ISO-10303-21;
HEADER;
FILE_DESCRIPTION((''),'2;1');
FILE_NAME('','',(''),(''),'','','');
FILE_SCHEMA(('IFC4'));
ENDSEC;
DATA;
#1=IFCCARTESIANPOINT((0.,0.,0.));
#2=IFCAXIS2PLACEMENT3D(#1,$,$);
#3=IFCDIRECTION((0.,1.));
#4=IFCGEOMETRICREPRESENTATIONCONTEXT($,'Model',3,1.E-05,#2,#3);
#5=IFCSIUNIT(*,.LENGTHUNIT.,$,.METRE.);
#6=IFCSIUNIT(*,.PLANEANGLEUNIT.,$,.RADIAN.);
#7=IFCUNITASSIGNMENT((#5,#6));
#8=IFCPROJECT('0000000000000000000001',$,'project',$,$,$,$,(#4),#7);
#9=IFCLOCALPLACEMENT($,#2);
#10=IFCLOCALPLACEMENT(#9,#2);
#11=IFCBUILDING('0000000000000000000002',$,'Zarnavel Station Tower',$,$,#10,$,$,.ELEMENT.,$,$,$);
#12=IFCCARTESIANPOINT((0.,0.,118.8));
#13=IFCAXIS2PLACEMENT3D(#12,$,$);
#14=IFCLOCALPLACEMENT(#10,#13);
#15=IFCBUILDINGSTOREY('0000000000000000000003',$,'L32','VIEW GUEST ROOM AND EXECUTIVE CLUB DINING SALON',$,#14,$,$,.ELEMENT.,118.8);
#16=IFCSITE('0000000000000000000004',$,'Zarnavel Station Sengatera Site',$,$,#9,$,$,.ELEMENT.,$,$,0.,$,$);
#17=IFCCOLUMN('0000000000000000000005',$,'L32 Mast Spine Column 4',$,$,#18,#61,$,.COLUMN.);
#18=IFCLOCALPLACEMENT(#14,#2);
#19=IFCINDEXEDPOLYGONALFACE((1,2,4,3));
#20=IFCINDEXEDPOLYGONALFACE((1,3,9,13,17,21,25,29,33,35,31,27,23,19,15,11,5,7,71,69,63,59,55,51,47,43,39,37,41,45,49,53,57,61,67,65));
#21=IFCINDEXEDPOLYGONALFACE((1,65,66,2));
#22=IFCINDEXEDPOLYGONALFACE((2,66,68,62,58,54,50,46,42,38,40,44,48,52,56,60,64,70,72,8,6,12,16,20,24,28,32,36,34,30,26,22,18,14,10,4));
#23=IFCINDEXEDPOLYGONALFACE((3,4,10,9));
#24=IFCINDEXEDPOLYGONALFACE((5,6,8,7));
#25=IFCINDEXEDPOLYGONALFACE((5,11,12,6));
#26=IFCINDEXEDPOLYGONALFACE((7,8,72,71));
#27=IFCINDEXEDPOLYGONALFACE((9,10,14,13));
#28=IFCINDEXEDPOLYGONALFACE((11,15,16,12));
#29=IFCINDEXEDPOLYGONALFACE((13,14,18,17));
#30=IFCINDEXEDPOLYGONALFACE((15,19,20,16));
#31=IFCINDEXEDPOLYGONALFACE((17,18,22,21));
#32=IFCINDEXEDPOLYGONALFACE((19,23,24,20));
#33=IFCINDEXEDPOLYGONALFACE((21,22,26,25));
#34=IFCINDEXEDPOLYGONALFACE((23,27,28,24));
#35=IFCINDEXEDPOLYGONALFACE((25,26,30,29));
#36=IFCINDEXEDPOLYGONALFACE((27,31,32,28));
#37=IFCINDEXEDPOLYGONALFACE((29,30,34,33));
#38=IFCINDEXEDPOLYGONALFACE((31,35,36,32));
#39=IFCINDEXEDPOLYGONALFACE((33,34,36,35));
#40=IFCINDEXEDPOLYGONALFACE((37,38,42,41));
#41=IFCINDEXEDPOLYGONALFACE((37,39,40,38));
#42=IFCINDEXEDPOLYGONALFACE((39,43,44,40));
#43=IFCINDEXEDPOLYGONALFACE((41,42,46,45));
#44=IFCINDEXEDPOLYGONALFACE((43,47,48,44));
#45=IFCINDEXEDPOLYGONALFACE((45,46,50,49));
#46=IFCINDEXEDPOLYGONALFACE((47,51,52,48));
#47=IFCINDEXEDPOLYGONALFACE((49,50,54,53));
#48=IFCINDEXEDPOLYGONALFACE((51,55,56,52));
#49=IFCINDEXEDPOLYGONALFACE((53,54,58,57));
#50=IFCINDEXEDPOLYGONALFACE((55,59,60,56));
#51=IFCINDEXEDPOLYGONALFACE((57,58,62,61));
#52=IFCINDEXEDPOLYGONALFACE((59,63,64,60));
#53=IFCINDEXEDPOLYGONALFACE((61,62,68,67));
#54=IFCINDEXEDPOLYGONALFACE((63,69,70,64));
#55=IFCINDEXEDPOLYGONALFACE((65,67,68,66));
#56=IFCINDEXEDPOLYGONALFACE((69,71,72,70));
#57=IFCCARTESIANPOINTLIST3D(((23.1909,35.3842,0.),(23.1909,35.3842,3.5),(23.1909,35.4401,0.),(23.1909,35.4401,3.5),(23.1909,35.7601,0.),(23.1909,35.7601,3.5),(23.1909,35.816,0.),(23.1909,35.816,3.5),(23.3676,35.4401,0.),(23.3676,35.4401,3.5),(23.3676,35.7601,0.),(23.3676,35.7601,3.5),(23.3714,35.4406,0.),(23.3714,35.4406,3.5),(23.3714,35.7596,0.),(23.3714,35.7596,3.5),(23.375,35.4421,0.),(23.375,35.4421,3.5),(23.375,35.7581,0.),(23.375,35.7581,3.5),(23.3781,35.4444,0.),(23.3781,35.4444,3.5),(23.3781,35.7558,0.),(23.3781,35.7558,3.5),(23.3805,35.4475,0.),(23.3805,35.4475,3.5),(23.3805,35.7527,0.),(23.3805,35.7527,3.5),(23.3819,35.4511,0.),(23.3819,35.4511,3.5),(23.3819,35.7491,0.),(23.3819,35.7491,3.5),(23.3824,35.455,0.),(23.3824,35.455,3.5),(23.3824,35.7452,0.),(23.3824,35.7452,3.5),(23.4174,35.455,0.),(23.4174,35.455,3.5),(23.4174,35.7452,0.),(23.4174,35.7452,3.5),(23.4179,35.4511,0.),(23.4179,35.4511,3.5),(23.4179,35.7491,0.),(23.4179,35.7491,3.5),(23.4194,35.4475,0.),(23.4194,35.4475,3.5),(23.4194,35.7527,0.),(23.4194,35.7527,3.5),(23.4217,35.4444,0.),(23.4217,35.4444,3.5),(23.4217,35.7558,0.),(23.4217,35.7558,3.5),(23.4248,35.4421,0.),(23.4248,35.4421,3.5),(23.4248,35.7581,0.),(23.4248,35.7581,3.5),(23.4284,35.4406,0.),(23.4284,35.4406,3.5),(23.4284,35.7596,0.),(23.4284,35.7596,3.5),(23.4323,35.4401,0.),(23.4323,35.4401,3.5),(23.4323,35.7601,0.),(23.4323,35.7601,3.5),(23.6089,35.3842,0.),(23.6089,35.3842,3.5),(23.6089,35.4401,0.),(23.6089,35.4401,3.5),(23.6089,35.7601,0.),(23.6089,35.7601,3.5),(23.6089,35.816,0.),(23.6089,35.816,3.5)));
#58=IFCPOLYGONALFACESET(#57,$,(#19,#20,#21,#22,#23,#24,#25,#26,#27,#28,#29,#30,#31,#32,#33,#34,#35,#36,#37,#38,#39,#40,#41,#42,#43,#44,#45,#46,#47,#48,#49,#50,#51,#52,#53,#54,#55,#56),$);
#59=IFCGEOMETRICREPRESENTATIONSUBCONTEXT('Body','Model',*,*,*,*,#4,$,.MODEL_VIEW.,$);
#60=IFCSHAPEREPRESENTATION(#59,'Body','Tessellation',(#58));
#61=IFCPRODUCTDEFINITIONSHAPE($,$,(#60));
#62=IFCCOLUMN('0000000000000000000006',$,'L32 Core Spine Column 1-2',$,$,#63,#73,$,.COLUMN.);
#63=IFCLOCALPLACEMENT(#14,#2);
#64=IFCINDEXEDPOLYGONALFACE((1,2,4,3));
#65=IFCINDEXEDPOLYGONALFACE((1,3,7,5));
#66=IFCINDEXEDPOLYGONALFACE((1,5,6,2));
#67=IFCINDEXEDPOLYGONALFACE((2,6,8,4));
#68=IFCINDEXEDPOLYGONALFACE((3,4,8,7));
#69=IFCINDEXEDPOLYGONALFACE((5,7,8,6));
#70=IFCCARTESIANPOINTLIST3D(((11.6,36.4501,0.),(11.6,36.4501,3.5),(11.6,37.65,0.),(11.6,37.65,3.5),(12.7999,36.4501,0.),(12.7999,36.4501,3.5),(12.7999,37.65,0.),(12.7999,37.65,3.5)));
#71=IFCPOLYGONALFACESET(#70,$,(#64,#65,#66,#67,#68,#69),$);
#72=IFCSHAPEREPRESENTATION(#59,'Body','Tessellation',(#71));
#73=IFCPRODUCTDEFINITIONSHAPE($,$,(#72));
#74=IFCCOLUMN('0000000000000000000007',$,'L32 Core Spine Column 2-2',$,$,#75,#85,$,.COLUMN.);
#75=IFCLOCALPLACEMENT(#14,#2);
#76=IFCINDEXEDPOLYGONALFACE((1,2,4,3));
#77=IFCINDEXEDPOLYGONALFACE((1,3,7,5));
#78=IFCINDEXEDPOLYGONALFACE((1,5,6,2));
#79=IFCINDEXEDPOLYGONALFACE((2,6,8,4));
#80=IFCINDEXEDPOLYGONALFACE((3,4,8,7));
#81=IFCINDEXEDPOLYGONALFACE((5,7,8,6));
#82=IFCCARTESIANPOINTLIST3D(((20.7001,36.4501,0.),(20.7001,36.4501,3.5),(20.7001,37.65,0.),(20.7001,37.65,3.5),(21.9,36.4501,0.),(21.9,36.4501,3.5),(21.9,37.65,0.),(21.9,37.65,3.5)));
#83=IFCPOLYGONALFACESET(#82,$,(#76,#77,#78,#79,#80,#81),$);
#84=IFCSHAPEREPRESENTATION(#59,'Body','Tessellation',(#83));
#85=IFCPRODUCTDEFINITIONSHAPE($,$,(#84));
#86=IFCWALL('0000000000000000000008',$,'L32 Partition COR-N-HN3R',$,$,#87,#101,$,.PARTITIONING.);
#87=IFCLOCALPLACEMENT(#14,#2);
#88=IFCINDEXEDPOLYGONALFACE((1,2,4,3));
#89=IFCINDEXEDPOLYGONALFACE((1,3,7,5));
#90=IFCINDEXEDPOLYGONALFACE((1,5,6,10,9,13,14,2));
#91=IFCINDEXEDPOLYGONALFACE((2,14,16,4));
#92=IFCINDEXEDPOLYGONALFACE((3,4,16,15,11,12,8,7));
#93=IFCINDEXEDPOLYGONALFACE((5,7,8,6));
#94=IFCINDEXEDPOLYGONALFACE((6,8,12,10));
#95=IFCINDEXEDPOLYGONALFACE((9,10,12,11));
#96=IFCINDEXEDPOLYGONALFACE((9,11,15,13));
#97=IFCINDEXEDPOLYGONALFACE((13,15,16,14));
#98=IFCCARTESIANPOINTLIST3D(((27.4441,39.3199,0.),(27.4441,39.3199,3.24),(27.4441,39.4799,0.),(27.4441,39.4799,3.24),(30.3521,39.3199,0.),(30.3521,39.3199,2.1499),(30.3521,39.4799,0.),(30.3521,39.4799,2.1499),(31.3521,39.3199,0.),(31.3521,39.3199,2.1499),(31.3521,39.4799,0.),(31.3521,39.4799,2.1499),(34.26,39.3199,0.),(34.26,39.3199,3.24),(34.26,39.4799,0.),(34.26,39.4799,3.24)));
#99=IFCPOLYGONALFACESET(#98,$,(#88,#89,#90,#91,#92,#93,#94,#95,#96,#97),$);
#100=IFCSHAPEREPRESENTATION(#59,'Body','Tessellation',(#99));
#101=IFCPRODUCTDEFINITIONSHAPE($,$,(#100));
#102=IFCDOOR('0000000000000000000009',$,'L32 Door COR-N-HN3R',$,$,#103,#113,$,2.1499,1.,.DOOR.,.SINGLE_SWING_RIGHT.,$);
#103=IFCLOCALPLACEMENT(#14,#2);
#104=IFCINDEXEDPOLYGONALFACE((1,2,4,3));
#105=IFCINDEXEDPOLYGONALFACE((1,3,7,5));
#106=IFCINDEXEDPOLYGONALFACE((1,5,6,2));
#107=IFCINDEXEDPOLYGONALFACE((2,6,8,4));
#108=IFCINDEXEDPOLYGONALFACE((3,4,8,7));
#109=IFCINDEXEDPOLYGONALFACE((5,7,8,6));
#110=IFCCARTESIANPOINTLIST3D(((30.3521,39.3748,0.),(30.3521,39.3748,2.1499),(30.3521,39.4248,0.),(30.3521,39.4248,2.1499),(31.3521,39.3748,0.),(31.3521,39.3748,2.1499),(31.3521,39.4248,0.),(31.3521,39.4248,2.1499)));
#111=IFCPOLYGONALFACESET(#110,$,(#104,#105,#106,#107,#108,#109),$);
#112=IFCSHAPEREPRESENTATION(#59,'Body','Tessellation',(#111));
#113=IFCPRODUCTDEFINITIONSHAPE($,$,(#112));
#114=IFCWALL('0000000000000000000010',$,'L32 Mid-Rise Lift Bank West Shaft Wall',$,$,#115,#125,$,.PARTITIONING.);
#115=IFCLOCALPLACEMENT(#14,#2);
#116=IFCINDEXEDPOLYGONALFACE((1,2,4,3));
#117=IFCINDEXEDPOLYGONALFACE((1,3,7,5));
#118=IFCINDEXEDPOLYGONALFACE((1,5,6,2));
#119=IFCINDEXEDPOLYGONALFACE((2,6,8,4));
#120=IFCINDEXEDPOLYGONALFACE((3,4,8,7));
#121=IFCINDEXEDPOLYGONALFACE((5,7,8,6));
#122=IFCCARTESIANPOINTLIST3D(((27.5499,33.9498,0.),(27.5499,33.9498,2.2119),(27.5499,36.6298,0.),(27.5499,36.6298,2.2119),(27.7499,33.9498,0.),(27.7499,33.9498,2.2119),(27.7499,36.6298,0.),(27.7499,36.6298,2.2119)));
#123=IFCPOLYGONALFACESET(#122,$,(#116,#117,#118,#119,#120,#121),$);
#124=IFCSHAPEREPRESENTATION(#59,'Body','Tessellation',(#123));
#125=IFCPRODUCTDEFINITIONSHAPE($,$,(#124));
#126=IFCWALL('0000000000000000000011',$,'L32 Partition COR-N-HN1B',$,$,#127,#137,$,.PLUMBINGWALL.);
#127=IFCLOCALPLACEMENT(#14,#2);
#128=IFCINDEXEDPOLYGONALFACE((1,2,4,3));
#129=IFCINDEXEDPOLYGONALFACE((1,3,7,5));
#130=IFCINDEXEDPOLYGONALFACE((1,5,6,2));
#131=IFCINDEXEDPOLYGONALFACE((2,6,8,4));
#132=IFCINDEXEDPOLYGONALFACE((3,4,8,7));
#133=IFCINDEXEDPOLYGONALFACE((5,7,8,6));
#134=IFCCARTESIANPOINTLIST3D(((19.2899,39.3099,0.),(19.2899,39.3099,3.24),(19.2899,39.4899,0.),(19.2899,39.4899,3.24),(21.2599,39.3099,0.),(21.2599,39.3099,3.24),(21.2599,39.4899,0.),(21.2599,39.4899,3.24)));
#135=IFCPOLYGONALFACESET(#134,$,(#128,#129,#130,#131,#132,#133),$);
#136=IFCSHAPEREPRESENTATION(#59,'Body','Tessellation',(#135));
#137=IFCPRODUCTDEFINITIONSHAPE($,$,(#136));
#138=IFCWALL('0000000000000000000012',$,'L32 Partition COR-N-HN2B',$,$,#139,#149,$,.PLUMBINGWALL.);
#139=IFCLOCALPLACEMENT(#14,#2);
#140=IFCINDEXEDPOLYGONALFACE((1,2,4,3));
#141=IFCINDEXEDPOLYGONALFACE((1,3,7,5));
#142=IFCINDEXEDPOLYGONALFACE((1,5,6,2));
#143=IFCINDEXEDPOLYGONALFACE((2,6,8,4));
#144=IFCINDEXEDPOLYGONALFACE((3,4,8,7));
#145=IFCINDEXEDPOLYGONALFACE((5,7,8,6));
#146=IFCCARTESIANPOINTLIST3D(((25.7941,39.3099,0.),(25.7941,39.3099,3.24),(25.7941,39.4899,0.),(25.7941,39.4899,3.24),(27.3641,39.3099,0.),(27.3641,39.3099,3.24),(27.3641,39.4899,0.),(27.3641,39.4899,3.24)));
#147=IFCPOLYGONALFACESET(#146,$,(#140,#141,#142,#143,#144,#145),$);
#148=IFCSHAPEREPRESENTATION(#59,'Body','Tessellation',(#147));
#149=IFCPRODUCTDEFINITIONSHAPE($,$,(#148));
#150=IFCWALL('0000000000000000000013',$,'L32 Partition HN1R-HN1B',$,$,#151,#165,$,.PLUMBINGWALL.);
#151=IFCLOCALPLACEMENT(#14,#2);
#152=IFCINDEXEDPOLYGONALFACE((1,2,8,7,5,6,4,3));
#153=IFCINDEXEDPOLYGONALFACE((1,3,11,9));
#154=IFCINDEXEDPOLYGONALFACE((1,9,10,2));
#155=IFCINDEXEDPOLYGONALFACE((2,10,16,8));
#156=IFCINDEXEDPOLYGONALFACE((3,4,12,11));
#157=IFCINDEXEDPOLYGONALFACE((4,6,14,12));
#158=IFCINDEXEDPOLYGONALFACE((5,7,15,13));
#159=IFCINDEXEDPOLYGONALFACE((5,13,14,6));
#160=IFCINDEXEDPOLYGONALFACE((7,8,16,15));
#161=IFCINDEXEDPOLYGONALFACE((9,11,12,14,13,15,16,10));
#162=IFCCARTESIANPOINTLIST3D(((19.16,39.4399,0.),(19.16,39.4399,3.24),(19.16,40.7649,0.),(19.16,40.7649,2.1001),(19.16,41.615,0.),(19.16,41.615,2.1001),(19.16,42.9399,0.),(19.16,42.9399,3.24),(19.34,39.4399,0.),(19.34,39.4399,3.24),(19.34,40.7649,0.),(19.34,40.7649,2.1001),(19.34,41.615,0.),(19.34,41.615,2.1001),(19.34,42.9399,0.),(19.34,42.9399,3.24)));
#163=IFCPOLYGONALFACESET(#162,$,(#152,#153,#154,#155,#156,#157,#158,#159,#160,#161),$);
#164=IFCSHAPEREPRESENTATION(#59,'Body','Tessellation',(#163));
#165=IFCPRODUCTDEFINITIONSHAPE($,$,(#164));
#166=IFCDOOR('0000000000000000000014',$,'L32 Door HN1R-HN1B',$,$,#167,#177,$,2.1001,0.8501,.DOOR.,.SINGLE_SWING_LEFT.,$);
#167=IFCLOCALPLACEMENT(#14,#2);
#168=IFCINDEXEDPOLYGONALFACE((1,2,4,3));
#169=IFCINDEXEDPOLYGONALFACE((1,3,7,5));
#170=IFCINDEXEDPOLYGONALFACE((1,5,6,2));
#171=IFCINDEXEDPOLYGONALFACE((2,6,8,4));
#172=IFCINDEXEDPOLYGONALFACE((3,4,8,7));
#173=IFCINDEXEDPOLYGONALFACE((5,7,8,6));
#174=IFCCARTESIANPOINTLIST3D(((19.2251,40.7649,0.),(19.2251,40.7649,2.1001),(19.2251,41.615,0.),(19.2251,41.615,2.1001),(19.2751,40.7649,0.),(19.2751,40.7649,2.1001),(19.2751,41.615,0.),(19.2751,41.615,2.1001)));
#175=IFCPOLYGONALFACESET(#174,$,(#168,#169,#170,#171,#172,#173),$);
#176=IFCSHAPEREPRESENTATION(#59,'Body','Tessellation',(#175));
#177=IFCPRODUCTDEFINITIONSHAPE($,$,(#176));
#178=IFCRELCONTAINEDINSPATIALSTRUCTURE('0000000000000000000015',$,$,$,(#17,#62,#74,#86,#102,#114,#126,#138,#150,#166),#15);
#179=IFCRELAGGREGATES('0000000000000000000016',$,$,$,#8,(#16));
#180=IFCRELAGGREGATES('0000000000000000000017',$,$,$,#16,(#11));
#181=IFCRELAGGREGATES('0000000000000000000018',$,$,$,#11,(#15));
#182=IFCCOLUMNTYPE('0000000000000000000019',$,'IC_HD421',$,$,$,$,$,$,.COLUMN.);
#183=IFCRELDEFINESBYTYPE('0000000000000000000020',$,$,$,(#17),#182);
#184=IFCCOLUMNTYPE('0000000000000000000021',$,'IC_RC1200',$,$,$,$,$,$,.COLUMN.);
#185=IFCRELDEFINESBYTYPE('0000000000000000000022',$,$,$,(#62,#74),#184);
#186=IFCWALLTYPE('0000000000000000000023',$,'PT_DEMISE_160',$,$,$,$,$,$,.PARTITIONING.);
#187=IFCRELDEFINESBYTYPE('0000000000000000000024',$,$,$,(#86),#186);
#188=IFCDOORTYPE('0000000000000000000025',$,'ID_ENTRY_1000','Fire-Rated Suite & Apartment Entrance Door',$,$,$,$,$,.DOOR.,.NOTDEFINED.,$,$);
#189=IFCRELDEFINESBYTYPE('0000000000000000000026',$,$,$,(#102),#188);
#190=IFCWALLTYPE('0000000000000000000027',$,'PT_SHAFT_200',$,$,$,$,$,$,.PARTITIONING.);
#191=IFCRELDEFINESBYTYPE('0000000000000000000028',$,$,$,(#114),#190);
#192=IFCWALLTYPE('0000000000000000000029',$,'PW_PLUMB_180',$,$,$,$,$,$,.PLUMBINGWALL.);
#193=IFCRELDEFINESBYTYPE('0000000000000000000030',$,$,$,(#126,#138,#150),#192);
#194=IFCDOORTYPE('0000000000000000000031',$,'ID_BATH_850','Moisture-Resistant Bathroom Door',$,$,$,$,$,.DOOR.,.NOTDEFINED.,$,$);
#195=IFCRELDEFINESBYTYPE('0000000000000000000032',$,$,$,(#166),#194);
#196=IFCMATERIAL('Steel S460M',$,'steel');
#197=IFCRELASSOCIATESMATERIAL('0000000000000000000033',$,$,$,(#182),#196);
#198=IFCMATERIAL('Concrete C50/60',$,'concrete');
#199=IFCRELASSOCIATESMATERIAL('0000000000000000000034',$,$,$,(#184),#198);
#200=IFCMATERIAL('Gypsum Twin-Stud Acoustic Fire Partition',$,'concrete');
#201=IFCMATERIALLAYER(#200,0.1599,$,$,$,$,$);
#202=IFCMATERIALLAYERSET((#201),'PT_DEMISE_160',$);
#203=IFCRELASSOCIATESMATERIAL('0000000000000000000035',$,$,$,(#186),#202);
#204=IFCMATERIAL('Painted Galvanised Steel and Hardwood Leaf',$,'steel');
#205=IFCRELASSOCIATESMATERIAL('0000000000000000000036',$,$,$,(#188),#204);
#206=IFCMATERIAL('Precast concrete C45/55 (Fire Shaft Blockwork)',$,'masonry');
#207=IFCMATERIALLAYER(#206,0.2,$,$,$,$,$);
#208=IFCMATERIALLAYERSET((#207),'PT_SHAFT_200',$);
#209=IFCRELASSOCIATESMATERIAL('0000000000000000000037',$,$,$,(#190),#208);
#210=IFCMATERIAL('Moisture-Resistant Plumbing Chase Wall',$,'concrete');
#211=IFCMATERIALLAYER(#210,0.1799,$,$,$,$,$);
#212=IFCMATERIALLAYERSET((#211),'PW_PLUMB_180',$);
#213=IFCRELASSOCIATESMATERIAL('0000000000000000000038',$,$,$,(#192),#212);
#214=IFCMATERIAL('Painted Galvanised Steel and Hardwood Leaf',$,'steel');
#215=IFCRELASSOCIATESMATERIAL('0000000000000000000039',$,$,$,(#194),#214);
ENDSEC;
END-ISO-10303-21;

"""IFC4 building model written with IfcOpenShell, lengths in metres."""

from ifc_helpers import new_model, si_unit, direction, frame, frame_2d, origin, origin_2d, place, context, subcontext, project, spatial, rectangle, i_section, extrude, material, layer, layer_set, material_profile, profile_set, type_object, element, fill, save


model = new_model("IFC4")

# Units and contexts
model_context = context("Model", 3, precision=1e-05, world=origin(), true_north=direction((0.0, 1.0)))
body_context = subcontext(model_context, "Body", "Model", "MODEL_VIEW")
ifc_project = project(units=[si_unit("LENGTHUNIT", "METRE"), si_unit("PLANEANGLEUNIT", "RADIAN")], contexts=[model_context])

# Site, building, storey
site_placement = place(None, origin())
site = spatial("IfcSite", under=ifc_project, at=site_placement, Name="Zarnavel Station Sengatera Site", CompositionType="ELEMENT", RefElevation=0.0)
building_placement = place(site_placement, origin())
building = spatial("IfcBuilding", under=site, at=building_placement, Name="Zarnavel Station Tower", CompositionType="ELEMENT")
storey_placement = place(building_placement, frame((0.0, 0.0, 118.8)))
storey = spatial("IfcBuildingStorey", under=building, at=storey_placement, Name="L32", Description="VIEW GUEST ROOM AND EXECUTIVE CLUB DINING SALON", CompositionType="ELEMENT", Elevation=118.8)

# Columns
ifc_material_1 = material(Name="Steel S460M", Category="steel")
ifc_material_profile_1 = material_profile(ifc_material_1, i_section(OverallWidth=0.418, OverallDepth=0.4319, WebThickness=0.0349, FlangeThickness=0.0559, FilletRadius=0.0149, at=origin_2d()), Name="HD400x421")
ifc_profile_set_1 = profile_set([ifc_material_profile_1], Name="Steel S460M")
column_type_1 = type_object("IfcColumnType", Name="IC_HD421", PredefinedType="COLUMN", material=ifc_profile_set_1)
column_placement = place(storey_placement, frame((23.3999, 35.6001, 0.0), z_axis=(0.0, 0.0, 1.0), x_axis=(1.0, 0.0, 0.0)))
element("IfcColumn", 1, at=column_placement, inside=storey, type_object=column_type_1, Name="L32 Mast Spine Column 4", PredefinedType="COLUMN", context=body_context, shape_type="SweptSolid", body=[
    extrude(i_section(OverallWidth=0.418, OverallDepth=0.4319, WebThickness=0.0349, FlangeThickness=0.0559, FilletRadius=0.0149, at=origin_2d()), origin(), (0.0, 0.0, 1.0), 3.5),
])
ifc_material_2 = material(Name="Concrete C50/60", Category="concrete")
ifc_material_profile_2 = material_profile(ifc_material_2, rectangle(XDim=1.2, YDim=1.2, at=origin_2d()), Name="RC1200x1200")
ifc_profile_set_2 = profile_set([ifc_material_profile_2], Name="Concrete C50/60")
column_type_2 = type_object("IfcColumnType", Name="IC_RC1200", PredefinedType="COLUMN", material=ifc_profile_set_2)
for number, where, z_axis, x_axis, name in (
    (2, (12.2, 37.05, 0.0), (0.0, 0.0, 1.0), (1.0, 0.0, 0.0), "L32 Core Spine Column 1-2"),
    (3, (21.3, 37.05, 0.0), (0.0, 0.0, 1.0), (1.0, 0.0, 0.0), "L32 Core Spine Column 2-2"),
):
    element("IfcColumn", number, at=place(storey_placement, frame(where, z_axis=z_axis, x_axis=x_axis)), inside=storey, type_object=column_type_2, Name=name, PredefinedType="COLUMN", context=body_context, shape_type="SweptSolid", body=[
        extrude(rectangle(XDim=1.2, YDim=1.2, at=origin_2d()), origin(), (0.0, 0.0, 1.0), 3.5),
    ])

# Wall, opening, door
ifc_material_3 = material(Name="Gypsum Twin-Stud Acoustic Fire Partition", Category="concrete")
ifc_layer_1 = layer(ifc_material_3, 0.1599)
ifc_layer_set_1 = layer_set([ifc_layer_1], Name="PT_DEMISE_160")
wall_type_1 = type_object("IfcWallType", Name="PT_DEMISE_160", PredefinedType="PARTITIONING", material=ifc_layer_set_1)
ifc_material_4 = material(Name="Painted Galvanised Steel and Hardwood Leaf", Category="steel")
door_type_1 = type_object("IfcDoorType", Name="ID_ENTRY_1000", Description="Fire-Rated Suite & Apartment Entrance Door", OperationType="NOTDEFINED", PredefinedType="DOOR", material=ifc_material_4)
wall_1_placement = place(storey_placement, frame((27.4441, 39.3999, 0.0), z_axis=(0.0, 0.0, 1.0), x_axis=(1.0, 0.0, 0.0)))
wall_1 = element("IfcWall", 4, at=wall_1_placement, inside=storey, type_object=wall_type_1, Name="L32 Partition COR-N-HN3R", PredefinedType="PARTITIONING", context=body_context, shape_type="SweptSolid", body=[
    extrude(rectangle(XDim=6.8159, YDim=0.1599, at=frame_2d((3.408, 0.0))), origin(), (0.0, 0.0, 1.0), 3.24),
])
opening_1_placement = place(wall_1_placement, frame((2.908, 0.0, 0.0)))
opening_1 = element("IfcOpeningElement", 5, at=opening_1_placement, cuts=wall_1, PredefinedType="OPENING", context=body_context, shape_type="SweptSolid", body=[
    extrude(rectangle(XDim=1.0, YDim=2.1499, at=frame_2d((0.5, 1.075))), frame((0.0, 0.0898, 0.0), z_axis=(0.0, -1.0, 0.0), x_axis=(1.0, 0.0, 0.0)), (0.0, 0.0, 1.0), 0.1799),
])
door_1_placement = place(opening_1_placement, origin())
door_1 = element("IfcDoor", 6, at=door_1_placement, inside=storey, type_object=door_type_1, Name="L32 Door COR-N-HN3R", OperationType="SINGLE_SWING_RIGHT", OverallHeight=2.1499, OverallWidth=1.0, PredefinedType="DOOR", context=body_context, shape_type="SweptSolid", body=[
    extrude(rectangle(XDim=1.0, YDim=2.1499, at=frame_2d((0.5, 1.075))), frame((0.0, 0.0249, 0.0), z_axis=(0.0, -1.0, 0.0), x_axis=(1.0, 0.0, 0.0)), (0.0, 0.0, 1.0), 0.05),
])
fill(opening_1, door_1)

# Wall
ifc_material_5 = material(Name="Precast concrete C45/55 (Fire Shaft Blockwork)", Category="masonry")
ifc_layer_2 = layer(ifc_material_5, 0.2)
ifc_layer_set_2 = layer_set([ifc_layer_2], Name="PT_SHAFT_200")
wall_type_2 = type_object("IfcWallType", Name="PT_SHAFT_200", PredefinedType="PARTITIONING", material=ifc_layer_set_2)
wall_2_placement = place(storey_placement, frame((27.6499, 33.95, 0.0), z_axis=(0.0, 0.0, 1.0), x_axis=(0.0, 1.0, 0.0)))
element("IfcWall", 7, at=wall_2_placement, inside=storey, type_object=wall_type_2, Name="L32 Mid-Rise Lift Bank West Shaft Wall", PredefinedType="PARTITIONING", context=body_context, shape_type="SweptSolid", body=[
    extrude(rectangle(XDim=2.6799, YDim=0.2, at=frame_2d((1.3398, 0.0))), origin(), (0.0, 0.0, 1.0), 2.2119),
])

# Walls
ifc_material_6 = material(Name="Moisture-Resistant Plumbing Chase Wall", Category="concrete")
ifc_layer_3 = layer(ifc_material_6, 0.1799)
ifc_layer_set_3 = layer_set([ifc_layer_3], Name="PW_PLUMB_180")
wall_type_3 = type_object("IfcWallType", Name="PW_PLUMB_180", PredefinedType="PLUMBINGWALL", material=ifc_layer_set_3)
wall_3_placement = place(storey_placement, frame((19.29, 39.3999, 0.0), z_axis=(0.0, 0.0, 1.0), x_axis=(1.0, 0.0, 0.0)))
element("IfcWall", 8, at=wall_3_placement, inside=storey, type_object=wall_type_3, Name="L32 Partition COR-N-HN1B", PredefinedType="PLUMBINGWALL", context=body_context, shape_type="SweptSolid", body=[
    extrude(rectangle(XDim=1.97, YDim=0.1799, at=frame_2d((0.9849, 0.0))), origin(), (0.0, 0.0, 1.0), 3.24),
])
wall_4_placement = place(storey_placement, frame((25.7939, 39.3999, 0.0), z_axis=(0.0, 0.0, 1.0), x_axis=(1.0, 0.0, 0.0)))
element("IfcWall", 9, at=wall_4_placement, inside=storey, type_object=wall_type_3, Name="L32 Partition COR-N-HN2B", PredefinedType="PLUMBINGWALL", context=body_context, shape_type="SweptSolid", body=[
    extrude(rectangle(XDim=1.5701, YDim=0.1799, at=frame_2d((0.7852, 0.0))), origin(), (0.0, 0.0, 1.0), 3.24),
])

# Wall, opening, door
wall_5_placement = place(storey_placement, frame((19.25, 39.4399, 0.0), z_axis=(0.0, 0.0, 1.0), x_axis=(0.0, 1.0, 0.0)))
wall_5 = element("IfcWall", 10, at=wall_5_placement, inside=storey, type_object=wall_type_3, Name="L32 Partition HN1R-HN1B", PredefinedType="PLUMBINGWALL", context=body_context, shape_type="SweptSolid", body=[
    extrude(rectangle(XDim=3.5, YDim=0.1799, at=frame_2d((1.75, 0.0))), origin(), (0.0, 0.0, 1.0), 3.24),
])
opening_2_placement = place(wall_5_placement, frame((1.325, 0.0, 0.0)))
opening_2 = element("IfcOpeningElement", 11, at=opening_2_placement, cuts=wall_5, PredefinedType="OPENING", context=body_context, shape_type="SweptSolid", body=[
    extrude(rectangle(XDim=0.8501, YDim=2.1001, at=frame_2d((0.425, 1.05))), frame((0.0, 0.0999, 0.0), z_axis=(0.0, -1.0, 0.0), x_axis=(1.0, 0.0, 0.0)), (0.0, 0.0, 1.0), 0.2),
])
ifc_material_7 = material(Name="Painted Galvanised Steel and Hardwood Leaf", Category="steel")
door_type_2 = type_object("IfcDoorType", Name="ID_BATH_850", Description="Moisture-Resistant Bathroom Door", OperationType="NOTDEFINED", PredefinedType="DOOR", material=ifc_material_7)
door_2_placement = place(opening_2_placement, origin())
door_2 = element("IfcDoor", 12, at=door_2_placement, inside=storey, type_object=door_type_2, Name="L32 Door HN1R-HN1B", OperationType="SINGLE_SWING_LEFT", OverallHeight=2.1001, OverallWidth=0.8501, PredefinedType="DOOR", context=body_context, shape_type="SweptSolid", body=[
    extrude(rectangle(XDim=0.8501, YDim=2.1001, at=frame_2d((0.425, 1.05))), frame((0.0, 0.0249, 0.0), z_axis=(0.0, -1.0, 0.0), x_axis=(1.0, 0.0, 0.0)), (0.0, 0.0, 1.0), 0.05),
])
fill(opening_2, door_2)

save(model, "model.ifc")
